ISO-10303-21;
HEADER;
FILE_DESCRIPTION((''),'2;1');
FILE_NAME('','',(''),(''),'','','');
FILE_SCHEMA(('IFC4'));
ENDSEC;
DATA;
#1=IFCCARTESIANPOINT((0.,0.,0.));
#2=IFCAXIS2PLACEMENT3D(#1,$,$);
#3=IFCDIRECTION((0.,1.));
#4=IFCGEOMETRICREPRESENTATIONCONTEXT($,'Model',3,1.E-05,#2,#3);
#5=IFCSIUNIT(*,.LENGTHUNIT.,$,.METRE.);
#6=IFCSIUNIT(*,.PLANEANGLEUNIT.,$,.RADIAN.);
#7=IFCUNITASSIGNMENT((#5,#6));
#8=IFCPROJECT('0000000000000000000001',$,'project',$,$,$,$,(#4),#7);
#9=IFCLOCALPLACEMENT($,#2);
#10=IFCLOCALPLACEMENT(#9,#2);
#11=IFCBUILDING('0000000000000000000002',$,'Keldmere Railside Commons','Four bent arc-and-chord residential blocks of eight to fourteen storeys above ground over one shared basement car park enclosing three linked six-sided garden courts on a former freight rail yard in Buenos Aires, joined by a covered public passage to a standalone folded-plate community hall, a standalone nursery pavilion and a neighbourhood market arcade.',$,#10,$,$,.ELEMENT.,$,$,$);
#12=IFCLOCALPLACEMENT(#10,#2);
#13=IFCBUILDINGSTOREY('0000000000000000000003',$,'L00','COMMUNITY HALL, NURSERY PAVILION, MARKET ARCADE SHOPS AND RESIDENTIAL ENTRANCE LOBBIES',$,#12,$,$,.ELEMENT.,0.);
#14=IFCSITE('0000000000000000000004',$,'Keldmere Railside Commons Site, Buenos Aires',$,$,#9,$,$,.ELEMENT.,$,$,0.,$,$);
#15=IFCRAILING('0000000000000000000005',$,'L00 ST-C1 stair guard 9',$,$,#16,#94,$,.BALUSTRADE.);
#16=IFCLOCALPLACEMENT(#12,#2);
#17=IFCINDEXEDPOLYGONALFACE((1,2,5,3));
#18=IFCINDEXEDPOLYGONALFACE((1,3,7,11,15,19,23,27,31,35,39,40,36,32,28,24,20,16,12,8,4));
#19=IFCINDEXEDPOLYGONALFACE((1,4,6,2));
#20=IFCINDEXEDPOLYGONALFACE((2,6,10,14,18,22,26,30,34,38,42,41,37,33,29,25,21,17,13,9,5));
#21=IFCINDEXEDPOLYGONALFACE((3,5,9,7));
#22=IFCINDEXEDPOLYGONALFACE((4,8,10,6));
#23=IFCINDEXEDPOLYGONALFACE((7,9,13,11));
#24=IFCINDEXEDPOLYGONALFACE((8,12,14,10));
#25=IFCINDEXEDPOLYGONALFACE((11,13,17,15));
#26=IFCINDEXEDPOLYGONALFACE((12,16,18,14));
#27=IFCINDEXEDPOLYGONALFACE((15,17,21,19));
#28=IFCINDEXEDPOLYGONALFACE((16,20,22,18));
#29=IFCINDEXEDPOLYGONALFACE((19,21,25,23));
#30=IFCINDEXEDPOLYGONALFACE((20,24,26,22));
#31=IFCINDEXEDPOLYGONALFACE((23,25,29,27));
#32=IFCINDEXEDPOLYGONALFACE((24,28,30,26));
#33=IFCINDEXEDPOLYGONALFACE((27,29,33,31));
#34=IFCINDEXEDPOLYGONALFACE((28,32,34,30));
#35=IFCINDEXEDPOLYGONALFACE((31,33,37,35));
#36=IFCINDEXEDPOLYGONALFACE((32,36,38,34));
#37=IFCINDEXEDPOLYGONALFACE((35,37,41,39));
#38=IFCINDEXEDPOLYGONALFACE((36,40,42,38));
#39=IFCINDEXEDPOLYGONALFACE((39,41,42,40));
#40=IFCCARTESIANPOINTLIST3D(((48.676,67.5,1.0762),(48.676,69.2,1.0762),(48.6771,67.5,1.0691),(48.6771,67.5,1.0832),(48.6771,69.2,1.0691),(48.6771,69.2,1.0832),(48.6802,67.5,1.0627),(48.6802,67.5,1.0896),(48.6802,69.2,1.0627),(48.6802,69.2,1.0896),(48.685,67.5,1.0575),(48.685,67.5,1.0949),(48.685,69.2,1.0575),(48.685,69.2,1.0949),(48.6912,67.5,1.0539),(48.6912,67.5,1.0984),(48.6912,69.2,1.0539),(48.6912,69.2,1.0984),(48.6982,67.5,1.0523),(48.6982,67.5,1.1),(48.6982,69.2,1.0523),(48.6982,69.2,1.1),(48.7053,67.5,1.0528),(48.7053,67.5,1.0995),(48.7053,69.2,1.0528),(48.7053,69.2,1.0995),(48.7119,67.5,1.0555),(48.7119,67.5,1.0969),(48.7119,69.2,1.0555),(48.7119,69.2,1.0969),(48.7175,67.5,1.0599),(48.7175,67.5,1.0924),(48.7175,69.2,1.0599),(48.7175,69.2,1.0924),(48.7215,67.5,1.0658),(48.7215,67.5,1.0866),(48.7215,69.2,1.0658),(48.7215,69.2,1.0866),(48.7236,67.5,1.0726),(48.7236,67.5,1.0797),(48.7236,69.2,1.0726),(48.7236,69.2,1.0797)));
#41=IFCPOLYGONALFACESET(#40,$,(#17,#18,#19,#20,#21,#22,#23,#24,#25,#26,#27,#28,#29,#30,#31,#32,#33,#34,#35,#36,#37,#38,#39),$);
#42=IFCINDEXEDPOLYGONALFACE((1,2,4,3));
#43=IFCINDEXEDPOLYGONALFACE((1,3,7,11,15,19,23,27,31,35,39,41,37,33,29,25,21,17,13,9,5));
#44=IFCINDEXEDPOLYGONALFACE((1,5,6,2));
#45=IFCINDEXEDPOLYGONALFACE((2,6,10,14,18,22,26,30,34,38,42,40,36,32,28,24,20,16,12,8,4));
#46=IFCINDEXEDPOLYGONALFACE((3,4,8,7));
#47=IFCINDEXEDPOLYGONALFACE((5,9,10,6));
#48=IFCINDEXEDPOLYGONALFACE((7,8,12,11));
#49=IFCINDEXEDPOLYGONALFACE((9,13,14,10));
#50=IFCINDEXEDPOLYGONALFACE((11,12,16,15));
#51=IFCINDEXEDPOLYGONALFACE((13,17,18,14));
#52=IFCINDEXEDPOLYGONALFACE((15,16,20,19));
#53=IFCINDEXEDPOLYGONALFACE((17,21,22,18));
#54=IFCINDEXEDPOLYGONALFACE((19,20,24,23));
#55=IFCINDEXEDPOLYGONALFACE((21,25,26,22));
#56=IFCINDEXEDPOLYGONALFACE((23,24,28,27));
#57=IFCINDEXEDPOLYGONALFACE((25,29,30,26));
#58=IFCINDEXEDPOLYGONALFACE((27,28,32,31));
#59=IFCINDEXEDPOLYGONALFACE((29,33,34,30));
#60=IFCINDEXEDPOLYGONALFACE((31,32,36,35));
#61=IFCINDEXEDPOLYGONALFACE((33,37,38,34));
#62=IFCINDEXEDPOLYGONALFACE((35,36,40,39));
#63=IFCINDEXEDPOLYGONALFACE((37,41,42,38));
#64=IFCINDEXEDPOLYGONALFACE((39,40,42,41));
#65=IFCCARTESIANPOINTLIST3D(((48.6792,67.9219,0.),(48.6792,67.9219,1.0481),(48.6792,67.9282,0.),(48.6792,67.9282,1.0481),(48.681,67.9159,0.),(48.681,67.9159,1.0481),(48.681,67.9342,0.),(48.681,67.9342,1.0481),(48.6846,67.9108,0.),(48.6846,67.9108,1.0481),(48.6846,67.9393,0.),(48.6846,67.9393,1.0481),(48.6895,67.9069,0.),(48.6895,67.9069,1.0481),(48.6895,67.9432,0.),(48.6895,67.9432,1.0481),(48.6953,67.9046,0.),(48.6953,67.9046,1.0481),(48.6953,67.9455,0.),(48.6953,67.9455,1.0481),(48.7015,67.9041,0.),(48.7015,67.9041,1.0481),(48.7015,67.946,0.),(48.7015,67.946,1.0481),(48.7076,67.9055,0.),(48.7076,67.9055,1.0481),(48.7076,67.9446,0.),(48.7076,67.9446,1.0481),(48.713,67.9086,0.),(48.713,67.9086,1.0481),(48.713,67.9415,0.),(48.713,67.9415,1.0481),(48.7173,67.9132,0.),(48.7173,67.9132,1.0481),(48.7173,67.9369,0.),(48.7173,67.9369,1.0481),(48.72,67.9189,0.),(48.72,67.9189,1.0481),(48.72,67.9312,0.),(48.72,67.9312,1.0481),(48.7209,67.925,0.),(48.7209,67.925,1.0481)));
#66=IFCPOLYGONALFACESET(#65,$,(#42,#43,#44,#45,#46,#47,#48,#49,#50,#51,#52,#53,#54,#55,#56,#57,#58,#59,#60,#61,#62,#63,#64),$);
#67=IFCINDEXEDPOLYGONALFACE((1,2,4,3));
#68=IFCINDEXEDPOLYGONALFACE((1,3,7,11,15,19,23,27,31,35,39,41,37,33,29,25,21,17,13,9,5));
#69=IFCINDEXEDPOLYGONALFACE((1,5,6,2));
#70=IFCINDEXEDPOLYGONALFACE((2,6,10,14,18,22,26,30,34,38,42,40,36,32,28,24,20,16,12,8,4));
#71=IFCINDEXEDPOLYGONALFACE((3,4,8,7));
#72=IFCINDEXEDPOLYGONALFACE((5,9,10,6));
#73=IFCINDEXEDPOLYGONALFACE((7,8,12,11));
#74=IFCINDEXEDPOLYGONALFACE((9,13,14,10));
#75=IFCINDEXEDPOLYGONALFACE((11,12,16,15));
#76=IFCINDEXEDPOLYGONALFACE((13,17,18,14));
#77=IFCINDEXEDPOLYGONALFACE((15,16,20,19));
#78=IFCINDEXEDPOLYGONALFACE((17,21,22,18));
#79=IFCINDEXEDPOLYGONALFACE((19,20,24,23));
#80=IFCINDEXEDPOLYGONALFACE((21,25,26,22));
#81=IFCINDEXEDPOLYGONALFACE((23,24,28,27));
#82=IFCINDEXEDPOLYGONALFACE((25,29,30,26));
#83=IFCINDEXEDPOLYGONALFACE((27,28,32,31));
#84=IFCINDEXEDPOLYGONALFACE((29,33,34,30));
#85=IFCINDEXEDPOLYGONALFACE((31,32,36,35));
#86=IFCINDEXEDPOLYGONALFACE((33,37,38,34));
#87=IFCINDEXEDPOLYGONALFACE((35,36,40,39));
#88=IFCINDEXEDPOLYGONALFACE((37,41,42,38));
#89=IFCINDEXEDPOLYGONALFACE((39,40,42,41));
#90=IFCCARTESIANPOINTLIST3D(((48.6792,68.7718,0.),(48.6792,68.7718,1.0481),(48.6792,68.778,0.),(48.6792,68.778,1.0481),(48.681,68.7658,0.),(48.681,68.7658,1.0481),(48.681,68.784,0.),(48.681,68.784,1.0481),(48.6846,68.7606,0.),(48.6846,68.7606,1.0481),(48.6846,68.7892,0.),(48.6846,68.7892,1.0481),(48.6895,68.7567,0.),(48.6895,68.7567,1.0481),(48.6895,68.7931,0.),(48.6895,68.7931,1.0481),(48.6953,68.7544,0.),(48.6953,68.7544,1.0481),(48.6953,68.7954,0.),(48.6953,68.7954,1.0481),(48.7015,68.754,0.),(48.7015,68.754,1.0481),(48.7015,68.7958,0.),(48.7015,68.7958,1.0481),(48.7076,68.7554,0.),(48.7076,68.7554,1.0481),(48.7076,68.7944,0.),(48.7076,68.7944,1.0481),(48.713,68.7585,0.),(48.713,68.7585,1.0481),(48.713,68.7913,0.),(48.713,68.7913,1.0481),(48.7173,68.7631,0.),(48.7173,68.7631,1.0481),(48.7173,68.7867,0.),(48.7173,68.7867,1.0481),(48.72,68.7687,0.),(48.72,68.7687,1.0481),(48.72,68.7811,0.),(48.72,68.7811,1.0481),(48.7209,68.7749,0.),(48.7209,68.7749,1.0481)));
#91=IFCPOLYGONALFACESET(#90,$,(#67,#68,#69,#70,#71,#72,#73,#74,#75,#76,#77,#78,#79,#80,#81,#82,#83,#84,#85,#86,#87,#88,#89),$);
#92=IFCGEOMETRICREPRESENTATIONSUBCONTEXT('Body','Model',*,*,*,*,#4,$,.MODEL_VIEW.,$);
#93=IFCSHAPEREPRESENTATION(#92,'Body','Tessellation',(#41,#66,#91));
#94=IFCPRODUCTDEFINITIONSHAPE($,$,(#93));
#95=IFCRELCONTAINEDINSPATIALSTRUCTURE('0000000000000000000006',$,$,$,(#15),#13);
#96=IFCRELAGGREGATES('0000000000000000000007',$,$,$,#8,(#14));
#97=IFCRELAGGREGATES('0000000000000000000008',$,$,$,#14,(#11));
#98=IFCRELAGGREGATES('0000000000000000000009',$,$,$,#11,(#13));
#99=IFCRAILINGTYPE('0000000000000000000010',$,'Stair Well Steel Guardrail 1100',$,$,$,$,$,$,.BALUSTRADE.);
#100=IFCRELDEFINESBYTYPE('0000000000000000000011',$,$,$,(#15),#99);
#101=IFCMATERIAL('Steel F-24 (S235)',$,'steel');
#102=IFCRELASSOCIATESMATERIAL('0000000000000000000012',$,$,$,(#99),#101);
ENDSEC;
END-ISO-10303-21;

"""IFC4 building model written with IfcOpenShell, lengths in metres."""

from ifc_helpers import new_model, si_unit, direction, frame, origin, origin_2d, place, context, subcontext, project, spatial, circle, extrude, material, type_object, element, save


model = new_model("IFC4")

# Units and contexts
model_context = context("Model", 3, precision=1e-05, world=origin(), true_north=direction((0.0, 1.0)))
body_context = subcontext(model_context, "Body", "Model", "MODEL_VIEW")
ifc_project = project(units=[si_unit("LENGTHUNIT", "METRE"), si_unit("PLANEANGLEUNIT", "RADIAN")], contexts=[model_context])

# Site, building, storey
site_placement = place(None, origin())
site = spatial("IfcSite", under=ifc_project, at=site_placement, Name="Keldmere Railside Commons Site, Buenos Aires", CompositionType="ELEMENT", RefElevation=0.0)
building_placement = place(site_placement, origin())
building = spatial("IfcBuilding", under=site, at=building_placement, Name="Keldmere Railside Commons", Description="Four bent arc-and-chord residential blocks of eight to fourteen storeys above ground over one shared basement car park enclosing three linked six-sided garden courts on a former freight rail yard in Buenos Aires, joined by a covered public passage to a standalone folded-plate community hall, a standalone nursery pavilion and a neighbourhood market arcade.", CompositionType="ELEMENT")
storey_placement = place(building_placement, origin())
storey = spatial("IfcBuildingStorey", under=building, at=storey_placement, Name="L00", Description="COMMUNITY HALL, NURSERY PAVILION, MARKET ARCADE SHOPS AND RESIDENTIAL ENTRANCE LOBBIES", CompositionType="ELEMENT", Elevation=0.0)

# Shared definitions
ifc_material_1 = material(Name="Steel F-24 (S235)", Category="steel")

# Railing
railing_type_1 = type_object("IfcRailingType", Name="Stair Well Steel Guardrail 1100", PredefinedType="BALUSTRADE", material=ifc_material_1)
for number, where, name in (
    (1, (48.7, 67.5, 0.0), "L00 ST-C1 stair guard 9"),
):
    element("IfcRailing", number, at=place(storey_placement, frame(where)), inside=storey, type_object=railing_type_1, Name=name, PredefinedType="BALUSTRADE", context=body_context, shape_type="SweptSolid", body=[
        extrude(circle(Radius=0.0239, at=origin_2d()), frame((0.0, 0.0, 1.0762), z_axis=(0.0, 1.0, 0.0), x_axis=(-1.0, 0.0, 0.0)), (0.0, 0.0, 1.0), 1.7),
        extrude(circle(Radius=0.021, at=origin_2d()), frame((0.0, 0.425, 0.0)), (0.0, 0.0, 1.0), 1.0481),
        extrude(circle(Radius=0.021, at=origin_2d()), frame((0.0, 1.2749, 0.0)), (0.0, 0.0, 1.0), 1.0481),
    ])

save(model, "model.ifc")
